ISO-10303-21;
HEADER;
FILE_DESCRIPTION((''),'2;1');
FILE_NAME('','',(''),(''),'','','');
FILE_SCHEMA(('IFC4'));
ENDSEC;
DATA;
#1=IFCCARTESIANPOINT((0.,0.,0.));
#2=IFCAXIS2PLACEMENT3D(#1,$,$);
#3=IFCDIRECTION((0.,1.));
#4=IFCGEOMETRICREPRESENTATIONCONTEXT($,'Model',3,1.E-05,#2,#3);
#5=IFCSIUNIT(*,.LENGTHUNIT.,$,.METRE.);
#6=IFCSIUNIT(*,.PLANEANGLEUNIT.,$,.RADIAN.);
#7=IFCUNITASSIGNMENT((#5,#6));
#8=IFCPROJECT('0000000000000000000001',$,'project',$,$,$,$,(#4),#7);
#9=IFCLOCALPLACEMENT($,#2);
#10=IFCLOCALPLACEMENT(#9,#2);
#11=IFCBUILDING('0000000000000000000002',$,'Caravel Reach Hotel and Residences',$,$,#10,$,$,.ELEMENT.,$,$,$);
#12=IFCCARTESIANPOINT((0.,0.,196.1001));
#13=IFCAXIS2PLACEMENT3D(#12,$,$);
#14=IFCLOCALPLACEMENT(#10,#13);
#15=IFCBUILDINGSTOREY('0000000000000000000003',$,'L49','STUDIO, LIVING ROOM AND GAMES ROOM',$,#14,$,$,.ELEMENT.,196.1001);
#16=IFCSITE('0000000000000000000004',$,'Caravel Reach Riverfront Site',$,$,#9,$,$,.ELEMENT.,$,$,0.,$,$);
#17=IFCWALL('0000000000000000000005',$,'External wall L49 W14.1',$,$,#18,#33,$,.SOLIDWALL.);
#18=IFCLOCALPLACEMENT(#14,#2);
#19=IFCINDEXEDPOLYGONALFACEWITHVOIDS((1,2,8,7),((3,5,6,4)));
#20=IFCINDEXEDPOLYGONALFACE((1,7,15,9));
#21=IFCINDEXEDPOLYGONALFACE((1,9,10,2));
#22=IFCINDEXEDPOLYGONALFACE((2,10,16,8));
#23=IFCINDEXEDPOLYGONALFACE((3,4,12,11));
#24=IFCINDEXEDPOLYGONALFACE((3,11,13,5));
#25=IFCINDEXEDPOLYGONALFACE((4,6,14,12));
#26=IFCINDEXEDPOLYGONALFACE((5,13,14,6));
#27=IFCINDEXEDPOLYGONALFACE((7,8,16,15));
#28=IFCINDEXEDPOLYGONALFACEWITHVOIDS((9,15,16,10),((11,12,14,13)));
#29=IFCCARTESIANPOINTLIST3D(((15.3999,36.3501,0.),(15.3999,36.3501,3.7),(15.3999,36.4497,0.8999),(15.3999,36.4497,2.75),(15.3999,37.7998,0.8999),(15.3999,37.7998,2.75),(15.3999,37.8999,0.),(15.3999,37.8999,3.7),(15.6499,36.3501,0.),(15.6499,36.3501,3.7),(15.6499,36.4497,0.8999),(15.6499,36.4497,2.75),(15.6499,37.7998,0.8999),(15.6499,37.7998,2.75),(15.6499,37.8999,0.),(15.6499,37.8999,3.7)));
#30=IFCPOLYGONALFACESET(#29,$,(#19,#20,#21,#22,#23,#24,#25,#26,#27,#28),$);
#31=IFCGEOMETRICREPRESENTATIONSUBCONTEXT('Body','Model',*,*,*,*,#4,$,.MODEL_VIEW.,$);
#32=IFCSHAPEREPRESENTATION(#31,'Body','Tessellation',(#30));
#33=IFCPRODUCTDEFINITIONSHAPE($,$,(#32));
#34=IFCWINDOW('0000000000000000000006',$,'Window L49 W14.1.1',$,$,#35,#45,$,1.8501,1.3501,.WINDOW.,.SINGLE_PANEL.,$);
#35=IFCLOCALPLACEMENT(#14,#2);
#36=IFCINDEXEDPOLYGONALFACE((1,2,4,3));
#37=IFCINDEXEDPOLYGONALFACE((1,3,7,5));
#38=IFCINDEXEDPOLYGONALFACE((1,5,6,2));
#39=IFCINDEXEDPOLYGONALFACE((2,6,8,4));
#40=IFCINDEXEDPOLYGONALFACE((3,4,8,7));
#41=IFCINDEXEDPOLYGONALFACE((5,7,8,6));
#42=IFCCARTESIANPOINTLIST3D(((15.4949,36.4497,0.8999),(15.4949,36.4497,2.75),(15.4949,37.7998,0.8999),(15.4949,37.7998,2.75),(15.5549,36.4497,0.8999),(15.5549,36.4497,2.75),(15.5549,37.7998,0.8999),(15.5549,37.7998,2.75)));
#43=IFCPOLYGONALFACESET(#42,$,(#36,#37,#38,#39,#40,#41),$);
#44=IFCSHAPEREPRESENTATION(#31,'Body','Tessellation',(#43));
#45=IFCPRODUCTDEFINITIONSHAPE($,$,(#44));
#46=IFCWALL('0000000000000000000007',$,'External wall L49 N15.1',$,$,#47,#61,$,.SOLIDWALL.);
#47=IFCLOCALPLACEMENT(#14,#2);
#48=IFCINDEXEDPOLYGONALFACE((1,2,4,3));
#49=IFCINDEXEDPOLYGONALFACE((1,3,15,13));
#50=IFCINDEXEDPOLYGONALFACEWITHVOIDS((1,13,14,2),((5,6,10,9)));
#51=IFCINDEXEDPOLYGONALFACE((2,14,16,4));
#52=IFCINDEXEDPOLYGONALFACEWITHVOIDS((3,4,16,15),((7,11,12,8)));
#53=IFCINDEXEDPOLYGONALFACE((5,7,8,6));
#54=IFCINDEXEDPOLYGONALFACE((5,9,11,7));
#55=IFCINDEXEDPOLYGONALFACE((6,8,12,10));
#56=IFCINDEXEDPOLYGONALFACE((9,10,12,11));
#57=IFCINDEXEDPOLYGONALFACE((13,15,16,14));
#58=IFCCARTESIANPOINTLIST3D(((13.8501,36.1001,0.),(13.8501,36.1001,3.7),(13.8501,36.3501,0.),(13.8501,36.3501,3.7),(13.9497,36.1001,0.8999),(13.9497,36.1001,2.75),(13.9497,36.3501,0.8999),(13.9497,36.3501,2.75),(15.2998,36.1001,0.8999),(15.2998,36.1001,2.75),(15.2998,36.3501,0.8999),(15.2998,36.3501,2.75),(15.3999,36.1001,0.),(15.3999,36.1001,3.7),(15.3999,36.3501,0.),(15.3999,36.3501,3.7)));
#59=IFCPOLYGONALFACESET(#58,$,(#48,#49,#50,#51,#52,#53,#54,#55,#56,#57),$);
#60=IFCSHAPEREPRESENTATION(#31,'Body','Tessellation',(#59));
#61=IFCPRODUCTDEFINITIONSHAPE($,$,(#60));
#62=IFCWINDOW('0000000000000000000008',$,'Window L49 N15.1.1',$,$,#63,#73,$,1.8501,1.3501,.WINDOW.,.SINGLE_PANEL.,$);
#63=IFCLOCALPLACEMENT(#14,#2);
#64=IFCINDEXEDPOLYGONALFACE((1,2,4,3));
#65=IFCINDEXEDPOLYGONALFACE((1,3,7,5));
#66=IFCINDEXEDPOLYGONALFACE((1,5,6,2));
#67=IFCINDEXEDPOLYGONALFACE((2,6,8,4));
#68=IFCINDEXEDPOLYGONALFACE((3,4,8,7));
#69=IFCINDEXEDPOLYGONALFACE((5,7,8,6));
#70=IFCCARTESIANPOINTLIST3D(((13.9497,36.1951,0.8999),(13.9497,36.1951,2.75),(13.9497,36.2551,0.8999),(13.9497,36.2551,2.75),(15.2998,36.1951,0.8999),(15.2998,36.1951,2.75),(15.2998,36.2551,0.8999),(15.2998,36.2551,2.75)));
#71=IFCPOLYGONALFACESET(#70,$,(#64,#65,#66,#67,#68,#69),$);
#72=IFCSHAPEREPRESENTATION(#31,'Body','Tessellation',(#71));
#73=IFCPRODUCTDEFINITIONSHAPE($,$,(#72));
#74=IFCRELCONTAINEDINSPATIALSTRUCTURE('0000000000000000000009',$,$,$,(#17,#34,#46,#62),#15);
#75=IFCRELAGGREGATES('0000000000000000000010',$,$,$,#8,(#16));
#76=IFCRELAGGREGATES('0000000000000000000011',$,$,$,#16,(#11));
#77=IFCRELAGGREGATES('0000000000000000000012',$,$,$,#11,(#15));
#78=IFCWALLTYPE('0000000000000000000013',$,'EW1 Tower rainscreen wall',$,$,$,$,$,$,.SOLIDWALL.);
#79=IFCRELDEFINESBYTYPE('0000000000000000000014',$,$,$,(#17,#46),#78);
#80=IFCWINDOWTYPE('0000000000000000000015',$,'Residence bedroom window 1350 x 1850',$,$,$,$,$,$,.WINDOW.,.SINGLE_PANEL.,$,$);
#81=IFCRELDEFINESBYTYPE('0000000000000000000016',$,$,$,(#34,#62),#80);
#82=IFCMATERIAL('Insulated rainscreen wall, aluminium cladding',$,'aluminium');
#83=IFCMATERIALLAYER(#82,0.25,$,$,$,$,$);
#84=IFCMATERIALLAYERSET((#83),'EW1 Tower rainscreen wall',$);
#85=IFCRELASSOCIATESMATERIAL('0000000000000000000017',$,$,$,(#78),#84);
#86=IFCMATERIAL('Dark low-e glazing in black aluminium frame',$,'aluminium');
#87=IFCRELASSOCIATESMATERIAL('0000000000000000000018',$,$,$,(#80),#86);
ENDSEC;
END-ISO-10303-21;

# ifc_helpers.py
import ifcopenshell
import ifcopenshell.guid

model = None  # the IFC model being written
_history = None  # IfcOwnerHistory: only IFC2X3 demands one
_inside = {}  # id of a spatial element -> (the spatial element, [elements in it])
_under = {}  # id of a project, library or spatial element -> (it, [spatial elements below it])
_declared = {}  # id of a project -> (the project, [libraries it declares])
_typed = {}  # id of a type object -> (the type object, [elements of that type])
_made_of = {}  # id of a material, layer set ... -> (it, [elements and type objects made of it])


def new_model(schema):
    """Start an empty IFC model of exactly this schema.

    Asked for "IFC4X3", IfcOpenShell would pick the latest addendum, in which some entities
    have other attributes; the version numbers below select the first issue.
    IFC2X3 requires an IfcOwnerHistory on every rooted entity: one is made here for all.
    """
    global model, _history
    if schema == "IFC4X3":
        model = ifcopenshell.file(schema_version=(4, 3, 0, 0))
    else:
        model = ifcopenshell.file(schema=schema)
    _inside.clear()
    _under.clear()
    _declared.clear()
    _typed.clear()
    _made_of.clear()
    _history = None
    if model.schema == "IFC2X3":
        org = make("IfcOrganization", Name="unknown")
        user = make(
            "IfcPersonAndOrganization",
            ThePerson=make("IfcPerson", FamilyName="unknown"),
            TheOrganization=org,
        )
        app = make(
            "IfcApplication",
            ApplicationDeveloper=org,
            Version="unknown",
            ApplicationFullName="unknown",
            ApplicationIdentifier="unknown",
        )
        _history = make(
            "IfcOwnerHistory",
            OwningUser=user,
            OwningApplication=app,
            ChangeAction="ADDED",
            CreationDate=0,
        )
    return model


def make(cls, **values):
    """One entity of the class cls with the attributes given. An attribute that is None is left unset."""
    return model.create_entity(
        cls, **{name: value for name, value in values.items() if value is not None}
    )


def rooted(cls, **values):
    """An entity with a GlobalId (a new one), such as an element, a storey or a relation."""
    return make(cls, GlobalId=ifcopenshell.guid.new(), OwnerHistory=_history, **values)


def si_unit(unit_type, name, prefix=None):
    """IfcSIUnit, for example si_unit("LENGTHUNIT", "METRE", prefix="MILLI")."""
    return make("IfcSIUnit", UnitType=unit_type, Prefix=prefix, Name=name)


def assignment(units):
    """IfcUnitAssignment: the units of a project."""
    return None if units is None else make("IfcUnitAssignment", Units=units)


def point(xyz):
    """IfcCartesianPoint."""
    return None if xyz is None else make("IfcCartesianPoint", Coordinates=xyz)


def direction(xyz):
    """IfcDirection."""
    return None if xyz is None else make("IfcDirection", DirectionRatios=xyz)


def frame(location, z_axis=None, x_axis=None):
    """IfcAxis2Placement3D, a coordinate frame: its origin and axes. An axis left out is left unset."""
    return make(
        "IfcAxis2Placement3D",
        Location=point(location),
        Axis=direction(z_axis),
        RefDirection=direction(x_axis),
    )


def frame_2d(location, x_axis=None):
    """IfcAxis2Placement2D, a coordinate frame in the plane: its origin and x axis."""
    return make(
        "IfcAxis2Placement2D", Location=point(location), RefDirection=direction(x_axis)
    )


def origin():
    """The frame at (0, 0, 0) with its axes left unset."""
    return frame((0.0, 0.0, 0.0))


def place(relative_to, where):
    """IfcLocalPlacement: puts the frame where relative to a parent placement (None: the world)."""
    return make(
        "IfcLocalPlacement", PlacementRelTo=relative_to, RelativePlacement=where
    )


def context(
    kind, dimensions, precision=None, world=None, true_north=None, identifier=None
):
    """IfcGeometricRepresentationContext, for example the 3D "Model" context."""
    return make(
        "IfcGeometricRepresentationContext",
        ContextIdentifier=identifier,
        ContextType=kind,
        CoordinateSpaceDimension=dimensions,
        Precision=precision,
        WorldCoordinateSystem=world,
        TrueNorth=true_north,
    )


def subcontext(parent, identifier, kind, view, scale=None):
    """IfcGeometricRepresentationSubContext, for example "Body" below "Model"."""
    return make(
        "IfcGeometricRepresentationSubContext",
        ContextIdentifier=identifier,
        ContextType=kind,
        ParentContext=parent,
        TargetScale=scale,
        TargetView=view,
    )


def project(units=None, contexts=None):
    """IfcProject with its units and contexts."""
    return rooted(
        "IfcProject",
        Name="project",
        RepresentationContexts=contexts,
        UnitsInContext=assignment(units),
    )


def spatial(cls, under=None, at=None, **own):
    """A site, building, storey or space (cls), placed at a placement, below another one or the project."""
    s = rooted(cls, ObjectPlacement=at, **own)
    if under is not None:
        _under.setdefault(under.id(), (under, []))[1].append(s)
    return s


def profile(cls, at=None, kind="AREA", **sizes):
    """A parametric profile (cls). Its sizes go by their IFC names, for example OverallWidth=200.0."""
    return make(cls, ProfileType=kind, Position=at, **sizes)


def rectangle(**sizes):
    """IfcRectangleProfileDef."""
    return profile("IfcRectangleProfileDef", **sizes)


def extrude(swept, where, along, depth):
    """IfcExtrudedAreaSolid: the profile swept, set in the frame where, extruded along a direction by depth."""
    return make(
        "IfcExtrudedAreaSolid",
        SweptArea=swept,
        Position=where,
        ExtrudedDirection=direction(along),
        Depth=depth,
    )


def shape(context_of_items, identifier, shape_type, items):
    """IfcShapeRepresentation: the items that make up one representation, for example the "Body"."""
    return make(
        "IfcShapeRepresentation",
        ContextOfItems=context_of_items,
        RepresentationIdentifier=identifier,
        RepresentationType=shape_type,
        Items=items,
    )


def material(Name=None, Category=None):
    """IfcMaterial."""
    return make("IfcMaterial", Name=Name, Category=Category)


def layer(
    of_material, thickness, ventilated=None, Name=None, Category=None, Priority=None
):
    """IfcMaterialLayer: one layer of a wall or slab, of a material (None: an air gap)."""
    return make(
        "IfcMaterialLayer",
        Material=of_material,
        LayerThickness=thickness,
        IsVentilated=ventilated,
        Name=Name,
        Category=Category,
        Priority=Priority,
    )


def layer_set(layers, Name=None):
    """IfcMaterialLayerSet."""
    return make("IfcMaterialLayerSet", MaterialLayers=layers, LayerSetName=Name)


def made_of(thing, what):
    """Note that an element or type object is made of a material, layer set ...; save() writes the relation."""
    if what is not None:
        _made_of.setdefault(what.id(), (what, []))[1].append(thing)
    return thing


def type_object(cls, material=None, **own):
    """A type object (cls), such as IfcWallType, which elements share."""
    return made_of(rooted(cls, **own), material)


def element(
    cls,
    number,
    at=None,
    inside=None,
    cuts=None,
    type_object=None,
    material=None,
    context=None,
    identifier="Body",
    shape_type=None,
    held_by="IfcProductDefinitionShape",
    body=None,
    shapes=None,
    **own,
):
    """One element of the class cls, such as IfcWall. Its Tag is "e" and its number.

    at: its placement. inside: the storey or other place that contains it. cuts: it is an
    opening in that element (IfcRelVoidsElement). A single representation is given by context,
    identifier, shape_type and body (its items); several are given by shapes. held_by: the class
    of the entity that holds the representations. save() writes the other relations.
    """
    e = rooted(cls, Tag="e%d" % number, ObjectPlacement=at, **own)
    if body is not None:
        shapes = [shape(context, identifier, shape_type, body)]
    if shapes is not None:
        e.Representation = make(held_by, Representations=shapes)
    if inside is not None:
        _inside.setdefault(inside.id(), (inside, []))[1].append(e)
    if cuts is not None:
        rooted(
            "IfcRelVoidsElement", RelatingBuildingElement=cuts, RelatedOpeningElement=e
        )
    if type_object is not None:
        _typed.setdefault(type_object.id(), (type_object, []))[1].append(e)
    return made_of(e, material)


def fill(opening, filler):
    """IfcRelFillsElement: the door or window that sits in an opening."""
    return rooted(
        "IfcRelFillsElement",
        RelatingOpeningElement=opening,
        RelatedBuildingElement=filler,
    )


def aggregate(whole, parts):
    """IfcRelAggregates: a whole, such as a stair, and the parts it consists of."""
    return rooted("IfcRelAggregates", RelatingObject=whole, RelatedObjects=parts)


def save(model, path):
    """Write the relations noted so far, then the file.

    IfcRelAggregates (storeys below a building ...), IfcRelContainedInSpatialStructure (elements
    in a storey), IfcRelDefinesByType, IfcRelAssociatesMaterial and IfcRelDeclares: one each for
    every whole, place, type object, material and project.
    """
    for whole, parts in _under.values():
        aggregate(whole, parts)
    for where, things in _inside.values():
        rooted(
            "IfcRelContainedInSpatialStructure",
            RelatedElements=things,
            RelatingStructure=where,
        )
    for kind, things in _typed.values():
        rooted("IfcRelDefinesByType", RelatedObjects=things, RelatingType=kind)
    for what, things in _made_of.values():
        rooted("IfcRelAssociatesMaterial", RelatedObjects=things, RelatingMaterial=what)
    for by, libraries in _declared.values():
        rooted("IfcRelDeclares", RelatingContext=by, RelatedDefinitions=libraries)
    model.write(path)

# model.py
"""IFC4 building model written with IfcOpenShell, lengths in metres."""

from ifc_helpers import new_model, si_unit, direction, frame, frame_2d, origin, place, context, subcontext, project, spatial, rectangle, extrude, material, layer, layer_set, type_object, element, fill, save


model = new_model("IFC4")

# Units and contexts
model_context = context("Model", 3, precision=1e-05, world=origin(), true_north=direction((0.0, 1.0)))
body_context = subcontext(model_context, "Body", "Model", "MODEL_VIEW")
ifc_project = project(units=[si_unit("LENGTHUNIT", "METRE"), si_unit("PLANEANGLEUNIT", "RADIAN")], contexts=[model_context])

# Site, building, storey
site_placement = place(None, origin())
site = spatial("IfcSite", under=ifc_project, at=site_placement, Name="Caravel Reach Riverfront Site", CompositionType="ELEMENT", RefElevation=0.0)
building_placement = place(site_placement, origin())
building = spatial("IfcBuilding", under=site, at=building_placement, Name="Caravel Reach Hotel and Residences", CompositionType="ELEMENT")
storey_placement = place(building_placement, frame((0.0, 0.0, 196.1001)))
storey = spatial("IfcBuildingStorey", under=building, at=storey_placement, Name="L49", Description="STUDIO, LIVING ROOM AND GAMES ROOM", CompositionType="ELEMENT", Elevation=196.1001)

# Shared definitions
ifc_material_1 = material(Name="Insulated rainscreen wall, aluminium cladding", Category="aluminium")
ifc_layer_1 = layer(ifc_material_1, 0.25)
ifc_layer_set_1 = layer_set([ifc_layer_1], Name="EW1 Tower rainscreen wall")
wall_type_1 = type_object("IfcWallType", Name="EW1 Tower rainscreen wall", PredefinedType="SOLIDWALL", material=ifc_layer_set_1)

# Walls, openings, windows
ifc_material_2 = material(Name="Dark low-e glazing in black aluminium frame", Category="aluminium")
window_type_1 = type_object("IfcWindowType", Name="Residence bedroom window 1350 x 1850", PartitioningType="SINGLE_PANEL", PredefinedType="WINDOW", material=ifc_material_2)
wall_1_placement = place(storey_placement, frame((15.5249, 37.8999, 0.0), z_axis=(0.0, 0.0, 1.0), x_axis=(0.0, -1.0, 0.0)))
wall_1 = element("IfcWall", 1, at=wall_1_placement, inside=storey, type_object=wall_type_1, Name="External wall L49 W14.1", PredefinedType="SOLIDWALL", context=body_context, shape_type="SweptSolid", body=[
    extrude(rectangle(XDim=1.5498, YDim=0.25, at=frame_2d((0.7749, 0.0))), origin(), (0.0, 0.0, 1.0), 3.7),
])
opening_1_placement = place(wall_1_placement, frame((0.1001, 0.0, 0.8999)))
opening_1 = element("IfcOpeningElement", 2, at=opening_1_placement, cuts=wall_1, PredefinedType="OPENING", context=body_context, shape_type="SweptSolid", body=[
    extrude(rectangle(XDim=1.3501, YDim=1.8501, at=frame_2d((0.675, 0.925))), frame((0.0, 0.135, 0.0), z_axis=(0.0, -1.0, 0.0), x_axis=(1.0, 0.0, 0.0)), (0.0, 0.0, 1.0), 0.27),
])
window_1_placement = place(opening_1_placement, origin())
window_1 = element("IfcWindow", 3, at=window_1_placement, inside=storey, type_object=window_type_1, Name="Window L49 W14.1.1", OverallHeight=1.8501, OverallWidth=1.3501, PartitioningType="SINGLE_PANEL", PredefinedType="WINDOW", context=body_context, shape_type="SweptSolid", body=[
    extrude(rectangle(XDim=1.3501, YDim=1.8501, at=frame_2d((0.675, 0.925))), frame((0.0, 0.03, 0.0), z_axis=(0.0, -1.0, 0.0), x_axis=(1.0, 0.0, 0.0)), (0.0, 0.0, 1.0), 0.0601),
])
fill(opening_1, window_1)
wall_2_placement = place(storey_placement, frame((15.3999, 36.2251, 0.0), z_axis=(0.0, 0.0, 1.0), x_axis=(-1.0, 0.0, 0.0)))
wall_2 = element("IfcWall", 4, at=wall_2_placement, inside=storey, type_object=wall_type_1, Name="External wall L49 N15.1", PredefinedType="SOLIDWALL", context=body_context, shape_type="SweptSolid", body=[
    extrude(rectangle(XDim=1.5498, YDim=0.25, at=frame_2d((0.7749, 0.0))), origin(), (0.0, 0.0, 1.0), 3.7),
])
opening_2_placement = place(wall_2_placement, frame((0.1001, 0.0, 0.8999)))
opening_2 = element("IfcOpeningElement", 5, at=opening_2_placement, cuts=wall_2, PredefinedType="OPENING", context=body_context, shape_type="SweptSolid", body=[
    extrude(rectangle(XDim=1.3501, YDim=1.8501, at=frame_2d((0.675, 0.925))), frame((0.0, 0.135, 0.0), z_axis=(0.0, -1.0, 0.0), x_axis=(1.0, 0.0, 0.0)), (0.0, 0.0, 1.0), 0.27),
])
window_2_placement = place(opening_2_placement, origin())
window_2 = element("IfcWindow", 6, at=window_2_placement, inside=storey, type_object=window_type_1, Name="Window L49 N15.1.1", OverallHeight=1.8501, OverallWidth=1.3501, PartitioningType="SINGLE_PANEL", PredefinedType="WINDOW", context=body_context, shape_type="SweptSolid", body=[
    extrude(rectangle(XDim=1.3501, YDim=1.8501, at=frame_2d((0.675, 0.925))), frame((0.0, 0.03, 0.0), z_axis=(0.0, -1.0, 0.0), x_axis=(1.0, 0.0, 0.0)), (0.0, 0.0, 1.0), 0.0601),
])
fill(opening_2, window_2)

save(model, "model.ifc")
